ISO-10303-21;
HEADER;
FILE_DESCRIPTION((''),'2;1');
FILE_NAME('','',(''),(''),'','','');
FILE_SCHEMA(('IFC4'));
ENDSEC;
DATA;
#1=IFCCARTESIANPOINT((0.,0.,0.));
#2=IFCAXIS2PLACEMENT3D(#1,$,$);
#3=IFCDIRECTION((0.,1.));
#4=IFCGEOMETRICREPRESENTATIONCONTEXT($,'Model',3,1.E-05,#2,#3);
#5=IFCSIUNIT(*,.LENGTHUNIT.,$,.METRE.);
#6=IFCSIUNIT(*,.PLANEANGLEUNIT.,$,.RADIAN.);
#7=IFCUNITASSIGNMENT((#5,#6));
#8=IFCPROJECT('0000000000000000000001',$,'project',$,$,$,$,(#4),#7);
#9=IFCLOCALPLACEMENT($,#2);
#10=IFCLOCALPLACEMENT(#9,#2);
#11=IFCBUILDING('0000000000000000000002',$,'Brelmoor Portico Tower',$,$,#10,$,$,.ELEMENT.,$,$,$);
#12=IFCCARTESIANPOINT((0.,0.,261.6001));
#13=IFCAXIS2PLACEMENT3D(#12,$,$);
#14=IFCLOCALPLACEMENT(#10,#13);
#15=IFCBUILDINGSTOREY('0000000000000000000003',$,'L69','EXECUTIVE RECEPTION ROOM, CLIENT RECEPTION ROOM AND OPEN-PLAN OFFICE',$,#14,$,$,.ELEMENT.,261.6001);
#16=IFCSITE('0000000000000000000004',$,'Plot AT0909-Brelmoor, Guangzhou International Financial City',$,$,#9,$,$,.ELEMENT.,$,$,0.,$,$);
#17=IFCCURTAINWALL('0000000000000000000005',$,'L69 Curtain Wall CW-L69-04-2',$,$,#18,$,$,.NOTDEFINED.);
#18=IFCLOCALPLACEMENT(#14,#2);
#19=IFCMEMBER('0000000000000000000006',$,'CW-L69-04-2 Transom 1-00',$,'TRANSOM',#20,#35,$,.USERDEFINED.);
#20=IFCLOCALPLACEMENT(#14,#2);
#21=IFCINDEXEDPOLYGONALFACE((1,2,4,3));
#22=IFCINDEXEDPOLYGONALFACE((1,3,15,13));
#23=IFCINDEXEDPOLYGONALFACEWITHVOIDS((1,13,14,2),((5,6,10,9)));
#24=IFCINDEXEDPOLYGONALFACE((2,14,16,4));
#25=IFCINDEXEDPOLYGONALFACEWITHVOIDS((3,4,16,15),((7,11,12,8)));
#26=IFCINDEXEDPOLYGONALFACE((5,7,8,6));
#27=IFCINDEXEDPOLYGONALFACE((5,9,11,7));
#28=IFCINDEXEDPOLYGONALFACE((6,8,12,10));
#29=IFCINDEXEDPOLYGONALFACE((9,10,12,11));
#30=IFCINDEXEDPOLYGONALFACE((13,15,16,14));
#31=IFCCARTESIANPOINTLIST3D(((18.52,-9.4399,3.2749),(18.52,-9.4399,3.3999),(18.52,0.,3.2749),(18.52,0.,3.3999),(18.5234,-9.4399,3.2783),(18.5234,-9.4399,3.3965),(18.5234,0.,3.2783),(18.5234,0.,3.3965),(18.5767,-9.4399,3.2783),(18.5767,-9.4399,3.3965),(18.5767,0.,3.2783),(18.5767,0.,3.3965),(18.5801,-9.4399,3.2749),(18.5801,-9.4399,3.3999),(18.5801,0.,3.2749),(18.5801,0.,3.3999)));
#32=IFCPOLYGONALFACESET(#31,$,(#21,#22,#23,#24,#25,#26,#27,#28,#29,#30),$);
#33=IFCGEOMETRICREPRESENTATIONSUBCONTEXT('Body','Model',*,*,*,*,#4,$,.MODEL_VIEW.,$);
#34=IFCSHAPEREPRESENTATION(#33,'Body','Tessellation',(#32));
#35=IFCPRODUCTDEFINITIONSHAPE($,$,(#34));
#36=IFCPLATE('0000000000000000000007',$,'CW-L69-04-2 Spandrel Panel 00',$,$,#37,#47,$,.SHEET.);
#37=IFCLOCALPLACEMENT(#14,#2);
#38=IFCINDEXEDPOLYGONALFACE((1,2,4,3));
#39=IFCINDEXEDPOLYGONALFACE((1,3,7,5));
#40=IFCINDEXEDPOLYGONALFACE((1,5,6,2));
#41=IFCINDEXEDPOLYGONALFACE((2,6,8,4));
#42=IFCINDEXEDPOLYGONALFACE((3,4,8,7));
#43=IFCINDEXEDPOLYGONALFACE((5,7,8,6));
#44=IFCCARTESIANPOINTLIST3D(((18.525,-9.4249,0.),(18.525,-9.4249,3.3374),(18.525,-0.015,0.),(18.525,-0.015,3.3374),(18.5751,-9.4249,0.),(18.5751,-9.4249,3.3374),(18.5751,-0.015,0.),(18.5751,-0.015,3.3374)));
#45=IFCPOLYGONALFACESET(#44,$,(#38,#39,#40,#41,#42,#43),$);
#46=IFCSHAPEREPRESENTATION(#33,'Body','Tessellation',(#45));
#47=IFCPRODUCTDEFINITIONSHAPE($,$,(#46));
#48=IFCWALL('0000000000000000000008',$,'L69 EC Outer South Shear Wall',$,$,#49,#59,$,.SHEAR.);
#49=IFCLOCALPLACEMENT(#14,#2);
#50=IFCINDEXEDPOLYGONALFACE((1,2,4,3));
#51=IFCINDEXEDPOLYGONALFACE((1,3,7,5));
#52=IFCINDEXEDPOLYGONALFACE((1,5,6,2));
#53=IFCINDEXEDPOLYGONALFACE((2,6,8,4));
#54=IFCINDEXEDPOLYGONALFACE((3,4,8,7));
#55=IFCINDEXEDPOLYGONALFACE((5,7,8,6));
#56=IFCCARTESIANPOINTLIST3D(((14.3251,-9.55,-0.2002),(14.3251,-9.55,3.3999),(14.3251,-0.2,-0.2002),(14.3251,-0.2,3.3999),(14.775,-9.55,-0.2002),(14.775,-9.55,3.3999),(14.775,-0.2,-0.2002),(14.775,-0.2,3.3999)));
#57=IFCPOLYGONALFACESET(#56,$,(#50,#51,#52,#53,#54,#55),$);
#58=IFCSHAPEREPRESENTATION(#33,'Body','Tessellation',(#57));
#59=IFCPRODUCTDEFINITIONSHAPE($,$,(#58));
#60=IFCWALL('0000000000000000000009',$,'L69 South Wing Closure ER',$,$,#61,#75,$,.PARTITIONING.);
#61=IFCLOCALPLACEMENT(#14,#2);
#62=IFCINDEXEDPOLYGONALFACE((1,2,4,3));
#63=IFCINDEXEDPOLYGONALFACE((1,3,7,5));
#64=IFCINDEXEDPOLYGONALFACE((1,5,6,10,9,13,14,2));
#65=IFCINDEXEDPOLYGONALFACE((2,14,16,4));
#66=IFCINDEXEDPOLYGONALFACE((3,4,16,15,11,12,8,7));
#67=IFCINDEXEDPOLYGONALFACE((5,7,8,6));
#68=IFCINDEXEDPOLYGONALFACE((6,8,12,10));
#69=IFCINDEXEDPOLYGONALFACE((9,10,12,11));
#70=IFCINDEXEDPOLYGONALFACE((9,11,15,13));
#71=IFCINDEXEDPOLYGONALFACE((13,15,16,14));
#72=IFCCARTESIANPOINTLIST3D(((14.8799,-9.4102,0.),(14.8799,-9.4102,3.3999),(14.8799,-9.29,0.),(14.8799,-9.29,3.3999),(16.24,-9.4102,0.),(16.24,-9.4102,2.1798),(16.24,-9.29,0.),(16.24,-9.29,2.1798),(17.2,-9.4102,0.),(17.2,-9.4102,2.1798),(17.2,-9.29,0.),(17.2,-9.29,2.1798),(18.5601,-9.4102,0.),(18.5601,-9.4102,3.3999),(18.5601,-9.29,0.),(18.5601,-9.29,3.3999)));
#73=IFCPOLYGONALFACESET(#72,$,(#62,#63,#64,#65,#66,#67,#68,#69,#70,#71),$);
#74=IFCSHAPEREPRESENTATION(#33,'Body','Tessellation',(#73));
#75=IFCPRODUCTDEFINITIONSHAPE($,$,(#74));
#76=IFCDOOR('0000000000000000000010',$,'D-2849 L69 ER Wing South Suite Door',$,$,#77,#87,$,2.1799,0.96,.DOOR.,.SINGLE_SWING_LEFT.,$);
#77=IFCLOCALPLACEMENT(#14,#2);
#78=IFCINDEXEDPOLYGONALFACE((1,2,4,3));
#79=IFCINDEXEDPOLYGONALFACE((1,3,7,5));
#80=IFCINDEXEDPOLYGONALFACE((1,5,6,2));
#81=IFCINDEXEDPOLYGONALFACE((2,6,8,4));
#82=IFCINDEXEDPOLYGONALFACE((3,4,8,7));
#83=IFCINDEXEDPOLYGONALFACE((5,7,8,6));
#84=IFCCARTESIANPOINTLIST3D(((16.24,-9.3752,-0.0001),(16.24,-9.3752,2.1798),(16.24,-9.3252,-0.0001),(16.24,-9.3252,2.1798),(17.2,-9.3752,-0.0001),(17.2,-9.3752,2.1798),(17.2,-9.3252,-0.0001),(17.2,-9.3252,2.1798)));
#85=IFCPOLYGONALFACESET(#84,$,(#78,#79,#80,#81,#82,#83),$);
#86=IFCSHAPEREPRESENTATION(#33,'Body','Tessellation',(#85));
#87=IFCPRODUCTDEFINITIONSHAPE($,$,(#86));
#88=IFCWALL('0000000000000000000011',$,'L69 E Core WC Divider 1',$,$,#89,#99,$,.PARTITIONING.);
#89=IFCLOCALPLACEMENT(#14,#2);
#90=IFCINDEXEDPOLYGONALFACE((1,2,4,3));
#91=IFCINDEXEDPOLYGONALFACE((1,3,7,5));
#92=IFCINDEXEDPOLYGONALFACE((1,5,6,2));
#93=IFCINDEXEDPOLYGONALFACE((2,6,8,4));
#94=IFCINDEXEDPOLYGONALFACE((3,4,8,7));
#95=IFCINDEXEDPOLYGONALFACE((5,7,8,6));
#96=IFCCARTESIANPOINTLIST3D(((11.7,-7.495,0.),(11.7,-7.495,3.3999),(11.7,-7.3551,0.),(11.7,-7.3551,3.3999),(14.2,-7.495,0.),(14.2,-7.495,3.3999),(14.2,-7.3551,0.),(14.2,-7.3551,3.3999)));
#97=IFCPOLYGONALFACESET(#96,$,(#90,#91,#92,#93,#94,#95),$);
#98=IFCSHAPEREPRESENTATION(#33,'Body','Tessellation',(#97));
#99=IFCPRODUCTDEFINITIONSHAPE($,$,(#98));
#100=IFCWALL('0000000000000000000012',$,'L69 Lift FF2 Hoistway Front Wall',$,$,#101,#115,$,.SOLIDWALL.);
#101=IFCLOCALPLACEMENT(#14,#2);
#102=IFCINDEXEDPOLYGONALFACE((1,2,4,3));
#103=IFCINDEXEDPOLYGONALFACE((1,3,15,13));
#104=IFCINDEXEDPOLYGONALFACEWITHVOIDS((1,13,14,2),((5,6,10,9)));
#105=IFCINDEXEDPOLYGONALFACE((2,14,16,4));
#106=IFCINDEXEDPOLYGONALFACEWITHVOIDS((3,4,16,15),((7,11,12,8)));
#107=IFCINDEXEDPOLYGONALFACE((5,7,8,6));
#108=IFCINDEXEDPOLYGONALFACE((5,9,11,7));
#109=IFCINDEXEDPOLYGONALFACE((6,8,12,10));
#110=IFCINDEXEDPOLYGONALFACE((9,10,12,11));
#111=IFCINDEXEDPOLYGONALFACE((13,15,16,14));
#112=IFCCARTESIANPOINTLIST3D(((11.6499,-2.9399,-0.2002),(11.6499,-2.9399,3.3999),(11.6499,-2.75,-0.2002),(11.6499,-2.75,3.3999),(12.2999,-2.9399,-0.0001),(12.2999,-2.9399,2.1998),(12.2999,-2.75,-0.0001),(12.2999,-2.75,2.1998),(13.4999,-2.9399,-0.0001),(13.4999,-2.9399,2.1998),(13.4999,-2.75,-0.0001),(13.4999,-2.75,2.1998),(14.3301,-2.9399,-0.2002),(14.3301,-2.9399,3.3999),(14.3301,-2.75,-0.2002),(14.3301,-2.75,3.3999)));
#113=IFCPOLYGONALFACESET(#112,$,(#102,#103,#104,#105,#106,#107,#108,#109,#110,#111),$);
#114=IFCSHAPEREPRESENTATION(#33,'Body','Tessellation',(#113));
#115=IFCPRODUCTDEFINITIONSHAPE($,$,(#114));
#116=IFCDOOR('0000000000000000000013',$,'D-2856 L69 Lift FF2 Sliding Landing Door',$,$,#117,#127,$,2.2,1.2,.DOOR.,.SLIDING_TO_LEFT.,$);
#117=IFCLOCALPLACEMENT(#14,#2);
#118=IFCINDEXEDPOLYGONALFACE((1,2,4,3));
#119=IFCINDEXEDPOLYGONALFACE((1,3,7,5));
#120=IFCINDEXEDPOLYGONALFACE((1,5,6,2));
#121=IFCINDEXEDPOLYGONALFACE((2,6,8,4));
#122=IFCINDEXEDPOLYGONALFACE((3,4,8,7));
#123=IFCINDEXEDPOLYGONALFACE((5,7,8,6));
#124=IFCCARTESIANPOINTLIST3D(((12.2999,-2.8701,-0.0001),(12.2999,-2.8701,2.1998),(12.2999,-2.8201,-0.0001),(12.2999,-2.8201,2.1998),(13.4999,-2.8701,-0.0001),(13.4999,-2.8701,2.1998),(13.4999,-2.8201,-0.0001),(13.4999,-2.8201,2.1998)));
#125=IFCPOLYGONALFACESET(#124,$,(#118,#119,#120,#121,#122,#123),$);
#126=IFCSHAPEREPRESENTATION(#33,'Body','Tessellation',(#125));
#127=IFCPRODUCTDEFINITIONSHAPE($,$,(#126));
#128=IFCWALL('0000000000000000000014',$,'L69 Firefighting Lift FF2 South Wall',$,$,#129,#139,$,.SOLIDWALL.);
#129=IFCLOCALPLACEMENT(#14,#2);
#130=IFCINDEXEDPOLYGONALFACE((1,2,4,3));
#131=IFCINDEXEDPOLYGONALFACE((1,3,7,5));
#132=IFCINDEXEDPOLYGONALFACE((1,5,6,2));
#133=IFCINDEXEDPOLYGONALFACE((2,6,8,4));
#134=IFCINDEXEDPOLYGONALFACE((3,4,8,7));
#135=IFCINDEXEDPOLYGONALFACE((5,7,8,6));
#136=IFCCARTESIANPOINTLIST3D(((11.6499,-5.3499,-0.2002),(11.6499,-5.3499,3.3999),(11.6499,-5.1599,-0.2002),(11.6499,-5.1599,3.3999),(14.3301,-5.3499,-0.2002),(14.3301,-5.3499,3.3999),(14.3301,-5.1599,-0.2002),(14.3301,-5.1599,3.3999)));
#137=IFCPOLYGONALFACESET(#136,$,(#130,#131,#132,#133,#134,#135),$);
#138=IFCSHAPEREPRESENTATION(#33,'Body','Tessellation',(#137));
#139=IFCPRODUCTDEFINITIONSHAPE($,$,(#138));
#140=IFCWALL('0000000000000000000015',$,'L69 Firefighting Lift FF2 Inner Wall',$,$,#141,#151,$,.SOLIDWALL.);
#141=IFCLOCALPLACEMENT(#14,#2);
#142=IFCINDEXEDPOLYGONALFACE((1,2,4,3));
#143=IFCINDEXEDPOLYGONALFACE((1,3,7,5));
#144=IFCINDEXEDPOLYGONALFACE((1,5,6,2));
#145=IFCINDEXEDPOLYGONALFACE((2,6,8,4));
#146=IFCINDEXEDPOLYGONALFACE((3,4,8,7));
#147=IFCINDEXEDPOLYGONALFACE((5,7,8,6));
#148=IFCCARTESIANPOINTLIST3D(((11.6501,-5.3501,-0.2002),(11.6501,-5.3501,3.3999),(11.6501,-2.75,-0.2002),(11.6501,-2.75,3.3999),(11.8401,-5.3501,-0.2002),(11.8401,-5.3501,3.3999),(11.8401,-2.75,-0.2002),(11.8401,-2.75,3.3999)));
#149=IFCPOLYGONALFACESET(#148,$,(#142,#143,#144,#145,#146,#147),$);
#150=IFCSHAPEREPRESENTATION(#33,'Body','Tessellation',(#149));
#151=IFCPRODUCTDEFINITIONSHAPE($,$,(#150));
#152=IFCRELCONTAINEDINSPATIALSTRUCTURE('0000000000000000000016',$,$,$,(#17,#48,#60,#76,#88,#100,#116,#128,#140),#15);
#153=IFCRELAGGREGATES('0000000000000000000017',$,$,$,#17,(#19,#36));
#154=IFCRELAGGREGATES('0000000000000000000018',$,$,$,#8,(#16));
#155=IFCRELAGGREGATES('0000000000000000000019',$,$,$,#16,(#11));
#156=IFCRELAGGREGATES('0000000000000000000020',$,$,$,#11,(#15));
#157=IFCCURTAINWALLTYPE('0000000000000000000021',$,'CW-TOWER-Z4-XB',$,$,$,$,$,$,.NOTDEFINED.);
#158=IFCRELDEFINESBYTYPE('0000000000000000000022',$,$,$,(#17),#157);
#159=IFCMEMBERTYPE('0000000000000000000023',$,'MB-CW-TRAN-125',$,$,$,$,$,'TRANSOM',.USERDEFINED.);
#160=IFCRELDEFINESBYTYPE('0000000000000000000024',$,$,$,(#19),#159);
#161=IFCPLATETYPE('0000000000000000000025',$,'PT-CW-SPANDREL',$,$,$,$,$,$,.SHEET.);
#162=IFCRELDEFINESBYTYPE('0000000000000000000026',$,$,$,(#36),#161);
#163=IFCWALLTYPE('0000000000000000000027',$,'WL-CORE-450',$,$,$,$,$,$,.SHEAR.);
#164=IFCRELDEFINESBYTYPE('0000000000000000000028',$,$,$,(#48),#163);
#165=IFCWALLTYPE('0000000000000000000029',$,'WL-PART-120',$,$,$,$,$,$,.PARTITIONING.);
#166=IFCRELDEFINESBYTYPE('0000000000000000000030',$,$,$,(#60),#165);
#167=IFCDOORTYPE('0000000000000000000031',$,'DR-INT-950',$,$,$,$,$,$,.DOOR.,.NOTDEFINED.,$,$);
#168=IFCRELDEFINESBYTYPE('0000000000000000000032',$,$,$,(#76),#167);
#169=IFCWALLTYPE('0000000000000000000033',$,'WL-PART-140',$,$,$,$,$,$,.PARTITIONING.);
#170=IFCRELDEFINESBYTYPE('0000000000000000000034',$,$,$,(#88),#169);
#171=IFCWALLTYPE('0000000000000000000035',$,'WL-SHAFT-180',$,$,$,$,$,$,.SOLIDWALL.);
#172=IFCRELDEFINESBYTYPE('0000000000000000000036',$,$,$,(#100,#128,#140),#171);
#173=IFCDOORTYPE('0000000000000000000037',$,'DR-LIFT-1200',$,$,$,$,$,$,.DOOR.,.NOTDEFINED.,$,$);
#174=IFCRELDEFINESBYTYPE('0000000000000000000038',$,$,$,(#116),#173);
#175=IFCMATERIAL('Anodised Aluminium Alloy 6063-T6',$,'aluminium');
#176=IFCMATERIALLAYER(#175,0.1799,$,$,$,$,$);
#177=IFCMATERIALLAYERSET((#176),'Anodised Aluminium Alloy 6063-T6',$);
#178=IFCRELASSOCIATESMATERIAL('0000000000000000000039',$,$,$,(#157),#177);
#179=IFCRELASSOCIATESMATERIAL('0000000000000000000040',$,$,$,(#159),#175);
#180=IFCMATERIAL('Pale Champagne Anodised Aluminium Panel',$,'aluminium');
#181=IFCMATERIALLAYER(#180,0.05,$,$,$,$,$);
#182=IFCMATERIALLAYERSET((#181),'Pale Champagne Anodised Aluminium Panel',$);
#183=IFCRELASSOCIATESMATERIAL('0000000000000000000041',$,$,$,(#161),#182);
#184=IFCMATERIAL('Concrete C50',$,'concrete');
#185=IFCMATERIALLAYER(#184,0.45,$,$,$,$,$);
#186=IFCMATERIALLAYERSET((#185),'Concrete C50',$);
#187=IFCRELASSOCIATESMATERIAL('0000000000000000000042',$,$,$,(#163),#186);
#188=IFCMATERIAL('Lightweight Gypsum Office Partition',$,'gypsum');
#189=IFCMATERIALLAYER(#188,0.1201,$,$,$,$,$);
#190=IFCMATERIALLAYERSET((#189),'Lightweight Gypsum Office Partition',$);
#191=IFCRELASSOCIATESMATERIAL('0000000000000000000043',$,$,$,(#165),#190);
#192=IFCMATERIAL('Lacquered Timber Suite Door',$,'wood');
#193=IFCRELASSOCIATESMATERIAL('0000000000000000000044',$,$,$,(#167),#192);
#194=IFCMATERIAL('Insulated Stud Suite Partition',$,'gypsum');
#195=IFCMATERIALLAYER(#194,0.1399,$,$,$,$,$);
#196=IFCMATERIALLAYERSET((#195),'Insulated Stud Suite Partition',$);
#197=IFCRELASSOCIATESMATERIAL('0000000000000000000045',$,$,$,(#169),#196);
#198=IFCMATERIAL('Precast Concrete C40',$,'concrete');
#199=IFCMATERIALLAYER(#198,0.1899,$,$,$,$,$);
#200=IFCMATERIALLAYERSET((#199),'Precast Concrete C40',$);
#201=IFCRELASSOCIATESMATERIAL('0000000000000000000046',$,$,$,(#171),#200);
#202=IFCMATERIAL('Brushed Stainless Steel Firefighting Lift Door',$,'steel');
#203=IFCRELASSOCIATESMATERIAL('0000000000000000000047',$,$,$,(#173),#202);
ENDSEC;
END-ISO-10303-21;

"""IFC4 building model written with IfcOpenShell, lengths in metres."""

from ifc_helpers import new_model, si_unit, direction, frame, frame_2d, origin, origin_2d, place, context, subcontext, project, spatial, rectangle, hollow_rectangle, extrude, material, layer, layer_set, material_profile, profile_set, type_object, element, fill, aggregate, save


model = new_model("IFC4")

# Units and contexts
model_context = context("Model", 3, precision=1e-05, world=origin(), true_north=direction((0.0, 1.0)))
body_context = subcontext(model_context, "Body", "Model", "MODEL_VIEW")
ifc_project = project(units=[si_unit("LENGTHUNIT", "METRE"), si_unit("PLANEANGLEUNIT", "RADIAN")], contexts=[model_context])

# Site, building, storey
site_placement = place(None, origin())
site = spatial("IfcSite", under=ifc_project, at=site_placement, Name="Plot AT0909-Brelmoor, Guangzhou International Financial City", CompositionType="ELEMENT", RefElevation=0.0)
building_placement = place(site_placement, origin())
building = spatial("IfcBuilding", under=site, at=building_placement, Name="Brelmoor Portico Tower", CompositionType="ELEMENT")
storey_placement = place(building_placement, frame((0.0, 0.0, 261.6001)))
storey = spatial("IfcBuildingStorey", under=building, at=storey_placement, Name="L69", Description="EXECUTIVE RECEPTION ROOM, CLIENT RECEPTION ROOM AND OPEN-PLAN OFFICE", CompositionType="ELEMENT", Elevation=261.6001)

# Curtain wall, member, plate
ifc_material_1 = material(Name="Anodised Aluminium Alloy 6063-T6", Category="aluminium")
ifc_layer_1 = layer(ifc_material_1, 0.1799)
ifc_layer_set_1 = layer_set([ifc_layer_1], Name="Anodised Aluminium Alloy 6063-T6")
curtain_wall_type = type_object("IfcCurtainWallType", Name="CW-TOWER-Z4-XB", PredefinedType="NOTDEFINED", material=ifc_layer_set_1)
curtain_wall_placement = place(storey_placement, origin())
curtain_wall = element("IfcCurtainWall", 1, at=curtain_wall_placement, inside=storey, type_object=curtain_wall_type, Name="L69 Curtain Wall CW-L69-04-2", PredefinedType="NOTDEFINED")
ifc_material_profile_1 = material_profile(ifc_material_1, hollow_rectangle(XDim=0.0601, YDim=0.125, WallThickness=0.0034, at=origin_2d()), Name="ALU TRANSOM 60x125")
ifc_profile_set_1 = profile_set([ifc_material_profile_1], Name="Anodised Aluminium Alloy 6063-T6")
member_type_1 = type_object("IfcMemberType", Name="MB-CW-TRAN-125", ElementType="TRANSOM", PredefinedType="USERDEFINED", material=ifc_profile_set_1)
member_1_placement = place(storey_placement, frame((18.55, -9.4399, 3.3374), z_axis=(0.0, 1.0, 0.0), x_axis=(-1.0, 0.0, 0.0)))
member_1 = element("IfcMember", 2, at=member_1_placement, type_object=member_type_1, Name="CW-L69-04-2 Transom 1-00", ObjectType="TRANSOM", PredefinedType="USERDEFINED", context=body_context, shape_type="SweptSolid", body=[
    extrude(hollow_rectangle(XDim=0.0601, YDim=0.125, WallThickness=0.0034, at=origin_2d()), origin(), (0.0, 0.0, 1.0), 9.4399),
])
ifc_material_2 = material(Name="Pale Champagne Anodised Aluminium Panel", Category="aluminium")
ifc_layer_2 = layer(ifc_material_2, 0.05)
ifc_layer_set_2 = layer_set([ifc_layer_2], Name="Pale Champagne Anodised Aluminium Panel")
plate_type = type_object("IfcPlateType", Name="PT-CW-SPANDREL", PredefinedType="SHEET", material=ifc_layer_set_2)
plate_placement = place(storey_placement, frame((18.55, -4.72, 0.0), z_axis=(0.0, 0.0, 1.0), x_axis=(0.0, 1.0, 0.0)))
plate = element("IfcPlate", 3, at=plate_placement, type_object=plate_type, Name="CW-L69-04-2 Spandrel Panel 00", PredefinedType="SHEET", context=body_context, shape_type="SweptSolid", body=[
    extrude(rectangle(XDim=9.4099, YDim=0.05, at=origin_2d()), origin(), (0.0, 0.0, 1.0), 3.3374),
])
aggregate(curtain_wall, [member_1, plate])

# Wall
ifc_material_3 = material(Name="Concrete C50", Category="concrete")
ifc_layer_3 = layer(ifc_material_3, 0.45)
ifc_layer_set_3 = layer_set([ifc_layer_3], Name="Concrete C50")
wall_type_1 = type_object("IfcWallType", Name="WL-CORE-450", PredefinedType="SHEAR", material=ifc_layer_set_3)
wall_1_placement = place(storey_placement, frame((14.55, -9.55, -0.2002), z_axis=(0.0, 0.0, 1.0), x_axis=(0.0, 1.0, 0.0)))
element("IfcWall", 4, at=wall_1_placement, inside=storey, type_object=wall_type_1, Name="L69 EC Outer South Shear Wall", PredefinedType="SHEAR", context=body_context, shape_type="SweptSolid", body=[
    extrude(rectangle(XDim=9.3501, YDim=0.45, at=frame_2d((4.675, 0.0))), origin(), (0.0, 0.0, 1.0), 3.6001),
])

# Wall, opening, door
ifc_material_4 = material(Name="Lightweight Gypsum Office Partition", Category="gypsum")
ifc_layer_4 = layer(ifc_material_4, 0.1201)
ifc_layer_set_4 = layer_set([ifc_layer_4], Name="Lightweight Gypsum Office Partition")
wall_type_2 = type_object("IfcWallType", Name="WL-PART-120", PredefinedType="PARTITIONING", material=ifc_layer_set_4)
wall_2_placement = place(storey_placement, frame((14.8799, -9.3501, 0.0), z_axis=(0.0, 0.0, 1.0), x_axis=(1.0, 0.0, 0.0)))
wall_2 = element("IfcWall", 5, at=wall_2_placement, inside=storey, type_object=wall_type_2, Name="L69 South Wing Closure ER", PredefinedType="PARTITIONING", context=body_context, shape_type="SweptSolid", body=[
    extrude(rectangle(XDim=3.6802, YDim=0.1201, at=frame_2d((1.8401, 0.0))), origin(), (0.0, 0.0, 1.0), 3.3999),
])
opening_1_placement = place(wall_2_placement, frame((1.3601, 0.0, 0.0)))
opening_1 = element("IfcOpeningElement", 6, at=opening_1_placement, cuts=wall_2, PredefinedType="OPENING", context=body_context, shape_type="SweptSolid", body=[
    extrude(rectangle(XDim=0.96, YDim=2.1799, at=frame_2d((0.48, 1.0898))), frame((0.0, 0.0701, 0.0), z_axis=(0.0, -1.0, 0.0), x_axis=(1.0, 0.0, 0.0)), (0.0, 0.0, 1.0), 0.1401),
])
ifc_material_5 = material(Name="Lacquered Timber Suite Door", Category="wood")
door_type_1 = type_object("IfcDoorType", Name="DR-INT-950", OperationType="NOTDEFINED", PredefinedType="DOOR", material=ifc_material_5)
door_1_placement = place(opening_1_placement, origin())
door_1 = element("IfcDoor", 7, at=door_1_placement, inside=storey, type_object=door_type_1, Name="D-2849 L69 ER Wing South Suite Door", OperationType="SINGLE_SWING_LEFT", OverallHeight=2.1799, OverallWidth=0.96, PredefinedType="DOOR", context=body_context, shape_type="SweptSolid", body=[
    extrude(rectangle(XDim=0.96, YDim=2.1799, at=frame_2d((0.48, 1.0898))), frame((0.0, 0.0249, 0.0), z_axis=(0.0, -1.0, 0.0), x_axis=(1.0, 0.0, 0.0)), (0.0, 0.0, 1.0), 0.05),
])
fill(opening_1, door_1)

# Wall
ifc_material_6 = material(Name="Insulated Stud Suite Partition", Category="gypsum")
ifc_layer_5 = layer(ifc_material_6, 0.1399)
ifc_layer_set_5 = layer_set([ifc_layer_5], Name="Insulated Stud Suite Partition")
wall_type_3 = type_object("IfcWallType", Name="WL-PART-140", PredefinedType="PARTITIONING", material=ifc_layer_set_5)
wall_3_placement = place(storey_placement, frame((11.7, -7.425, 0.0), z_axis=(0.0, 0.0, 1.0), x_axis=(1.0, 0.0, 0.0)))
element("IfcWall", 8, at=wall_3_placement, inside=storey, type_object=wall_type_3, Name="L69 E Core WC Divider 1", PredefinedType="PARTITIONING", context=body_context, shape_type="SweptSolid", body=[
    extrude(rectangle(XDim=2.5, YDim=0.1399, at=frame_2d((1.25, 0.0))), origin(), (0.0, 0.0, 1.0), 3.3999),
])

# Wall, opening, door
ifc_material_7 = material(Name="Precast Concrete C40", Category="concrete")
ifc_layer_6 = layer(ifc_material_7, 0.1899)
ifc_layer_set_6 = layer_set([ifc_layer_6], Name="Precast Concrete C40")
wall_type_4 = type_object("IfcWallType", Name="WL-SHAFT-180", PredefinedType="SOLIDWALL", material=ifc_layer_set_6)
wall_4_placement = place(storey_placement, frame((11.6499, -2.845, -0.2002), z_axis=(0.0, 0.0, 1.0), x_axis=(1.0, 0.0, 0.0)))
wall_4 = element("IfcWall", 9, at=wall_4_placement, inside=storey, type_object=wall_type_4, Name="L69 Lift FF2 Hoistway Front Wall", PredefinedType="SOLIDWALL", context=body_context, shape_type="SweptSolid", body=[
    extrude(rectangle(XDim=2.6802, YDim=0.1899, at=frame_2d((1.3401, 0.0))), origin(), (0.0, 0.0, 1.0), 3.6001),
])
opening_2_placement = place(wall_4_placement, frame((0.6499, 0.0, 0.2)))
opening_2 = element("IfcOpeningElement", 10, at=opening_2_placement, cuts=wall_4, PredefinedType="OPENING", context=body_context, shape_type="SweptSolid", body=[
    extrude(rectangle(XDim=1.2, YDim=2.2, at=frame_2d((0.6001, 1.1001))), frame((0.0, 0.105, 0.0), z_axis=(0.0, -1.0, 0.0), x_axis=(1.0, 0.0, 0.0)), (0.0, 0.0, 1.0), 0.21),
])
ifc_material_8 = material(Name="Brushed Stainless Steel Firefighting Lift Door", Category="steel")
door_type_2 = type_object("IfcDoorType", Name="DR-LIFT-1200", OperationType="NOTDEFINED", PredefinedType="DOOR", material=ifc_material_8)
door_2_placement = place(opening_2_placement, origin())
door_2 = element("IfcDoor", 11, at=door_2_placement, inside=storey, type_object=door_type_2, Name="D-2856 L69 Lift FF2 Sliding Landing Door", OperationType="SLIDING_TO_LEFT", OverallHeight=2.2, OverallWidth=1.2, PredefinedType="DOOR", context=body_context, shape_type="SweptSolid", body=[
    extrude(rectangle(XDim=1.2, YDim=2.2, at=frame_2d((0.6001, 1.1001))), frame((0.0, 0.0249, 0.0), z_axis=(0.0, -1.0, 0.0), x_axis=(1.0, 0.0, 0.0)), (0.0, 0.0, 1.0), 0.05),
])
fill(opening_2, door_2)

# Walls
wall_5_placement = place(storey_placement, frame((11.6499, -5.2549, -0.2002), z_axis=(0.0, 0.0, 1.0), x_axis=(1.0, 0.0, 0.0)))
element("IfcWall", 12, at=wall_5_placement, inside=storey, type_object=wall_type_4, Name="L69 Firefighting Lift FF2 South Wall", PredefinedType="SOLIDWALL", context=body_context, shape_type="SweptSolid", body=[
    extrude(rectangle(XDim=2.6802, YDim=0.1899, at=frame_2d((1.3401, 0.0))), origin(), (0.0, 0.0, 1.0), 3.6001),
])
wall_6_placement = place(storey_placement, frame((11.7451, -5.3501, -0.2002), z_axis=(0.0, 0.0, 1.0), x_axis=(0.0, 1.0, 0.0)))
element("IfcWall", 13, at=wall_6_placement, inside=storey, type_object=wall_type_4, Name="L69 Firefighting Lift FF2 Inner Wall", PredefinedType="SOLIDWALL", context=body_context, shape_type="SweptSolid", body=[
    extrude(rectangle(XDim=2.6001, YDim=0.1899, at=frame_2d((1.3, 0.0))), origin(), (0.0, 0.0, 1.0), 3.6001),
])

save(model, "model.ifc")
